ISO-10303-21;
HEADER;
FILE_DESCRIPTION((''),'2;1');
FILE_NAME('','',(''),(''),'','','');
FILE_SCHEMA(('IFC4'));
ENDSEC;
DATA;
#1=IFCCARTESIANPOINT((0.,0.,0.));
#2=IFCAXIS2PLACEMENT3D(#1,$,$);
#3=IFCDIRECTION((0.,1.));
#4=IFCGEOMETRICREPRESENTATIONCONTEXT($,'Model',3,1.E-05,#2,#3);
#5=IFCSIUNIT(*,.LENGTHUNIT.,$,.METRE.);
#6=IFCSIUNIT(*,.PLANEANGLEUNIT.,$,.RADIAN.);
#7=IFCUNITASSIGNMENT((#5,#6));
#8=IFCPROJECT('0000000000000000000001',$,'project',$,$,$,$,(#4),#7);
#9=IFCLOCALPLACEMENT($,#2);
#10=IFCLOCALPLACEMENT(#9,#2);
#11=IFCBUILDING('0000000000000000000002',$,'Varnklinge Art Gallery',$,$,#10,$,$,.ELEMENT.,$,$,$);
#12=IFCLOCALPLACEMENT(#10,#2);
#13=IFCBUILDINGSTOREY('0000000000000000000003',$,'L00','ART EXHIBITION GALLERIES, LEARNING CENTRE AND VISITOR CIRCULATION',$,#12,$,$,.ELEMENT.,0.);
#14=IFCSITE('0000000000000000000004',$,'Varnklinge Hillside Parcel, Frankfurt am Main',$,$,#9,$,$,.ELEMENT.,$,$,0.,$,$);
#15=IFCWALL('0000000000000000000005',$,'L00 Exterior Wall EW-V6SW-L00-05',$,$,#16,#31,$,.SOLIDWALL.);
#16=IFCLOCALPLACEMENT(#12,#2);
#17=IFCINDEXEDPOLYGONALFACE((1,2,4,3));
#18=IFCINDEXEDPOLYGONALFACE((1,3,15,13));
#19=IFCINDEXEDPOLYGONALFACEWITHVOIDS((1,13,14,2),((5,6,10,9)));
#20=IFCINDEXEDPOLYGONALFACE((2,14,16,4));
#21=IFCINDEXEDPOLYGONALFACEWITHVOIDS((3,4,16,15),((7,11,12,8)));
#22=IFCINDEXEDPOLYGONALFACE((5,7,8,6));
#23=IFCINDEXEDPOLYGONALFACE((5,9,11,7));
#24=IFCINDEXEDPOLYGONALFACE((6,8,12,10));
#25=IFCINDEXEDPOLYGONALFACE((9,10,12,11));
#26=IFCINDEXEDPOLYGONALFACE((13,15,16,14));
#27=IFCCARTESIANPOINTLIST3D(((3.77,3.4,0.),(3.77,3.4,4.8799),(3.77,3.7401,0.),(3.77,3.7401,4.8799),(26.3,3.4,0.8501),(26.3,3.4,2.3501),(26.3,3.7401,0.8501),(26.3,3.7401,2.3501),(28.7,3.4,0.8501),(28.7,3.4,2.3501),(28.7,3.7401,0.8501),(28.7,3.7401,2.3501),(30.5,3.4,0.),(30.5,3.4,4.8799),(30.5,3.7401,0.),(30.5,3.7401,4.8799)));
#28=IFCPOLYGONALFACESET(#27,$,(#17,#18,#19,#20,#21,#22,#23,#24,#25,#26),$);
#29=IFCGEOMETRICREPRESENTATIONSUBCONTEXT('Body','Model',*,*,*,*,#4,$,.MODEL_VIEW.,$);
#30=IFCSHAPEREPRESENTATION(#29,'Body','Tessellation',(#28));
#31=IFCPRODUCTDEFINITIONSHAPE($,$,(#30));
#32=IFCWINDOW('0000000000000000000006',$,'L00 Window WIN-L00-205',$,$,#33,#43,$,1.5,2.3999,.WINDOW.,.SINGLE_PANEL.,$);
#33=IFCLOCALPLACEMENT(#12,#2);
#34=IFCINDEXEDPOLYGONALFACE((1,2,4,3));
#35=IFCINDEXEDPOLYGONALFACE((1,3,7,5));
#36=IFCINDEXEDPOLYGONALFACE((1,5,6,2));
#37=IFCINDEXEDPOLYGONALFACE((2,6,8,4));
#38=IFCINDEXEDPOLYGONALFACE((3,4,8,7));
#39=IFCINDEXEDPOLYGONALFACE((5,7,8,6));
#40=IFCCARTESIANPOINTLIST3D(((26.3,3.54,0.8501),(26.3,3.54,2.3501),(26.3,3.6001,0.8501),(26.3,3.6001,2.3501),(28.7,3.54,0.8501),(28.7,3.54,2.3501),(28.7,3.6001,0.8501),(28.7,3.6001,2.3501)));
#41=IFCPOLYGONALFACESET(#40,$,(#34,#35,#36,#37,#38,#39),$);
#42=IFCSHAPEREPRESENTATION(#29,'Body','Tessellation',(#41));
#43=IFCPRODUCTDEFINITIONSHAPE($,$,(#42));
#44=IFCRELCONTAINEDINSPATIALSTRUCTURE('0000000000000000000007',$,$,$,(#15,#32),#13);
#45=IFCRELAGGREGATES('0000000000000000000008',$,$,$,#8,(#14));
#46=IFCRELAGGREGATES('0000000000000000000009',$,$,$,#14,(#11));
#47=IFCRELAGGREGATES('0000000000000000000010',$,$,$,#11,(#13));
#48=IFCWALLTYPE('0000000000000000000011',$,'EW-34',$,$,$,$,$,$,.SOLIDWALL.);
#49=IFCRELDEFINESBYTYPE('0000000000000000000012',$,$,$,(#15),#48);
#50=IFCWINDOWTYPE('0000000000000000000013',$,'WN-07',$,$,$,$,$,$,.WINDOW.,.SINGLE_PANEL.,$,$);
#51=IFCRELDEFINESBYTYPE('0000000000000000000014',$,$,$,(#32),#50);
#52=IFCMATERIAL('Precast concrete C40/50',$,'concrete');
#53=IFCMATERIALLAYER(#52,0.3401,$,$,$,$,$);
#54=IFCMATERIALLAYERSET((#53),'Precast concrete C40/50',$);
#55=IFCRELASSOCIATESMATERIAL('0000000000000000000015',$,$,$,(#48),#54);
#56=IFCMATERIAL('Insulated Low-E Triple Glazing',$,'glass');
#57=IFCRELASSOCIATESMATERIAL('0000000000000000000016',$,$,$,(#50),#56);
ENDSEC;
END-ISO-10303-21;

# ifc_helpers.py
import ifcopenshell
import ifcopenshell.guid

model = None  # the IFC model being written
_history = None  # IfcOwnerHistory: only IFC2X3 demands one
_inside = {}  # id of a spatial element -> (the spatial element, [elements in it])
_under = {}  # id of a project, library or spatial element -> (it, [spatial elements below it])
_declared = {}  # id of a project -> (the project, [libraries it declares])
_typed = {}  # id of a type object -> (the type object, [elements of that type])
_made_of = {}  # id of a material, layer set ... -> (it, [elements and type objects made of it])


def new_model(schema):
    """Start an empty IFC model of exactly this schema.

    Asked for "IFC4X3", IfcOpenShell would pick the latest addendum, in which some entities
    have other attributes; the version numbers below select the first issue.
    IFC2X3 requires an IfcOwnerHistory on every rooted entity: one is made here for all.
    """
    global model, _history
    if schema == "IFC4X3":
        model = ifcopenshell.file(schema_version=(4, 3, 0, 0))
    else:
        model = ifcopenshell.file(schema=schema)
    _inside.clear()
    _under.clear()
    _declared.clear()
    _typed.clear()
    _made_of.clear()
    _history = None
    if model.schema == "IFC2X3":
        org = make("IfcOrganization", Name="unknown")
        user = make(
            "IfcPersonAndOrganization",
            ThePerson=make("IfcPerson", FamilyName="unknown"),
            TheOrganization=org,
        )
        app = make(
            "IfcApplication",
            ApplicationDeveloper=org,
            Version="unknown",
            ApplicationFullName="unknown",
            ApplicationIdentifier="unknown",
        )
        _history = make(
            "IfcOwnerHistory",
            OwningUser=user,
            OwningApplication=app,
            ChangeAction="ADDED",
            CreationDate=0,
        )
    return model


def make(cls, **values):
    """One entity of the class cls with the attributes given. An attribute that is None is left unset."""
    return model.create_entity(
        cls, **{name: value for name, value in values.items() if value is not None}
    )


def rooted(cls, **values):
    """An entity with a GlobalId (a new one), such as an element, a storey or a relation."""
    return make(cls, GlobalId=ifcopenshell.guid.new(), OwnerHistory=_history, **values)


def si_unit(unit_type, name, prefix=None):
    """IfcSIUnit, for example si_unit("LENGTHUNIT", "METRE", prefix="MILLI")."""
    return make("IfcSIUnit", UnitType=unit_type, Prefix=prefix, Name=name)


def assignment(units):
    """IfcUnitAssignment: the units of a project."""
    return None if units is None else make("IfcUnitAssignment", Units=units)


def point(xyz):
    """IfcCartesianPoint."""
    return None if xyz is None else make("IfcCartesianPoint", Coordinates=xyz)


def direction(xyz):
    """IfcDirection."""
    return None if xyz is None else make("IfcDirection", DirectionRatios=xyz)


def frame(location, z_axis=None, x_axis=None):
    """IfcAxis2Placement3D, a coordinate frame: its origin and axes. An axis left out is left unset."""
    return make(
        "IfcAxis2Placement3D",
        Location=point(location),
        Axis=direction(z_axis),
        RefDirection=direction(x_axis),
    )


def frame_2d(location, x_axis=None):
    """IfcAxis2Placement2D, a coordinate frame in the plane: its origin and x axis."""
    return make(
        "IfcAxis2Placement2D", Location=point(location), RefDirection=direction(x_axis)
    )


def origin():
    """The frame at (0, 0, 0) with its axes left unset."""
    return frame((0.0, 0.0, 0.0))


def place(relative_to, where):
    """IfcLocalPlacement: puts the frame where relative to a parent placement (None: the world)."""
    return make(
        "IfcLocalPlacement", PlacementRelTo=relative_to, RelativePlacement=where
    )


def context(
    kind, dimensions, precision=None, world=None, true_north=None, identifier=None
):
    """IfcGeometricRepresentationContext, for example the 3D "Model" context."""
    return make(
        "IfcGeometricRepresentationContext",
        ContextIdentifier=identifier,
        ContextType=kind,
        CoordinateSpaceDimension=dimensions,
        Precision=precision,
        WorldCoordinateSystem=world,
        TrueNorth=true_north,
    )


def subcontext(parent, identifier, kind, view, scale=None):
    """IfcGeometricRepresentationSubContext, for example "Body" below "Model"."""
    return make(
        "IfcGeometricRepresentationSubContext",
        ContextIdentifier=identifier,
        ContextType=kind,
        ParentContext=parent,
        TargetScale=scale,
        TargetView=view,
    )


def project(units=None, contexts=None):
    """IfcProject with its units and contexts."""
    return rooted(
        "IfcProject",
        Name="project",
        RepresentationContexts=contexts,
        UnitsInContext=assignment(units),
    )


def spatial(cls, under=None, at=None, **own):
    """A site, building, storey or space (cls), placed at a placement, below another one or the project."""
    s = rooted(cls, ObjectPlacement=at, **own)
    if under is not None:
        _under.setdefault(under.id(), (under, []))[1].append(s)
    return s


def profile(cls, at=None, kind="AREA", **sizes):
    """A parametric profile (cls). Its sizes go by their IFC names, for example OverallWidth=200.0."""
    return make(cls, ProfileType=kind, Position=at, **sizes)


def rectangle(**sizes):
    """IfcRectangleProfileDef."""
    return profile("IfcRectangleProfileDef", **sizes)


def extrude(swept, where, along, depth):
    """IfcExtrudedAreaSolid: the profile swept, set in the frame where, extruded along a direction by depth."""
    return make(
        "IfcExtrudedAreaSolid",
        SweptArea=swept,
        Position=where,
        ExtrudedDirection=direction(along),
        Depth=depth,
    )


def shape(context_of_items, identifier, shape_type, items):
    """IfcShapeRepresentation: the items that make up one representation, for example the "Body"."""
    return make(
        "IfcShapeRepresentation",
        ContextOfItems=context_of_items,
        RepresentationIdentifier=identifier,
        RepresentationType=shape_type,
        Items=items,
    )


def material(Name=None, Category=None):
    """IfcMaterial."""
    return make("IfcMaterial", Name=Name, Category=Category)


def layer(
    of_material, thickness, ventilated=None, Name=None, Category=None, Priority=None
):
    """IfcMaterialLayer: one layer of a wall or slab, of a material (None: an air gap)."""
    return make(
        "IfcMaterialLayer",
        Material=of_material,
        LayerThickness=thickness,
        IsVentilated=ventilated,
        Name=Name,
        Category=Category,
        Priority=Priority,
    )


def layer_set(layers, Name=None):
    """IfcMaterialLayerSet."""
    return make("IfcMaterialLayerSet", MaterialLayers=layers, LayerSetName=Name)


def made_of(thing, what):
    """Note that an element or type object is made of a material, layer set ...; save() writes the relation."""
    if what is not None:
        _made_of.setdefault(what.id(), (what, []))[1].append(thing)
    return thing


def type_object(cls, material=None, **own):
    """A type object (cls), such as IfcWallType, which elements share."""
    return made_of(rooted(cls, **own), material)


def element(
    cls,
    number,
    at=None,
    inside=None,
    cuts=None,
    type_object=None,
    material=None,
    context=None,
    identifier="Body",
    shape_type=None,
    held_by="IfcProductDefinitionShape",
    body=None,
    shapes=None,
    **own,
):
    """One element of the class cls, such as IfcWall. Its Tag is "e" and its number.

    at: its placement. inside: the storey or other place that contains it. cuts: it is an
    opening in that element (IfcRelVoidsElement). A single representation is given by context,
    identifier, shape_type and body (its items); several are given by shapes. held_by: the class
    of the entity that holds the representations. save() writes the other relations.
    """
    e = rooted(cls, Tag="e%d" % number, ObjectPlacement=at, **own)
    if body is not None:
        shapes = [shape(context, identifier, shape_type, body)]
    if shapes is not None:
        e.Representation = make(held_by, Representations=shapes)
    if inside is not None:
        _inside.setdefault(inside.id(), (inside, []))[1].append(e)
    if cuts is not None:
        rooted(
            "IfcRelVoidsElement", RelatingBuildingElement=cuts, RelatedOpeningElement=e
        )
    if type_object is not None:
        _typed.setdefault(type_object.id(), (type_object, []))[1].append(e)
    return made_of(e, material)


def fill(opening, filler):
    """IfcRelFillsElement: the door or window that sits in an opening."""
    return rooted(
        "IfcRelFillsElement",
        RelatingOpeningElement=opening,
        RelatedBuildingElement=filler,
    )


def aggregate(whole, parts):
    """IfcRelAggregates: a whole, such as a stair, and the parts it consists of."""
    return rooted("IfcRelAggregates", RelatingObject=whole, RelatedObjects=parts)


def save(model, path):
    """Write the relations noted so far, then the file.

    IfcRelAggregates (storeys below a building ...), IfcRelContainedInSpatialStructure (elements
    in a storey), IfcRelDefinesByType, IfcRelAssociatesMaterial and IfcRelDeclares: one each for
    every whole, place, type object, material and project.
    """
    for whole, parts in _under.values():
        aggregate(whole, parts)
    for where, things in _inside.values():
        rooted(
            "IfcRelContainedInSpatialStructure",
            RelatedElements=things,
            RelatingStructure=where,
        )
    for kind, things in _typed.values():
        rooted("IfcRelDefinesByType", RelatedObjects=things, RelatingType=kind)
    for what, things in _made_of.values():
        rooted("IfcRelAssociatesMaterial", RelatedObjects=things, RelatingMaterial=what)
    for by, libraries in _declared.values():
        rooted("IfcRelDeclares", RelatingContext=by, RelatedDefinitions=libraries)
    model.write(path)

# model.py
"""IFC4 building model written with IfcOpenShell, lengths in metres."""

from ifc_helpers import new_model, si_unit, direction, frame, frame_2d, origin, place, context, subcontext, project, spatial, rectangle, extrude, material, layer, layer_set, type_object, element, fill, save


model = new_model("IFC4")

# Units and contexts
model_context = context("Model", 3, precision=1e-05, world=origin(), true_north=direction((0.0, 1.0)))
body_context = subcontext(model_context, "Body", "Model", "MODEL_VIEW")
ifc_project = project(units=[si_unit("LENGTHUNIT", "METRE"), si_unit("PLANEANGLEUNIT", "RADIAN")], contexts=[model_context])

# Site, building, storey
site_placement = place(None, origin())
site = spatial("IfcSite", under=ifc_project, at=site_placement, Name="Varnklinge Hillside Parcel, Frankfurt am Main", CompositionType="ELEMENT", RefElevation=0.0)
building_placement = place(site_placement, origin())
building = spatial("IfcBuilding", under=site, at=building_placement, Name="Varnklinge Art Gallery", CompositionType="ELEMENT")
storey_placement = place(building_placement, origin())
storey = spatial("IfcBuildingStorey", under=building, at=storey_placement, Name="L00", Description="ART EXHIBITION GALLERIES, LEARNING CENTRE AND VISITOR CIRCULATION", CompositionType="ELEMENT", Elevation=0.0)

# Shared definitions
ifc_material_1 = material(Name="Precast concrete C40/50", Category="concrete")
ifc_layer_1 = layer(ifc_material_1, 0.3401)
ifc_layer_set_1 = layer_set([ifc_layer_1], Name="Precast concrete C40/50")
wall_type = type_object("IfcWallType", Name="EW-34", PredefinedType="SOLIDWALL", material=ifc_layer_set_1)

# Wall, opening, window
wall_1_placement = place(storey_placement, frame((30.5, 3.5701, 0.0), z_axis=(0.0, 0.0, 1.0), x_axis=(-1.0, 0.0, 0.0)))
wall_1 = element("IfcWall", 1, at=wall_1_placement, inside=storey, type_object=wall_type, Name="L00 Exterior Wall EW-V6SW-L00-05", PredefinedType="SOLIDWALL", context=body_context, shape_type="SweptSolid", body=[
    extrude(rectangle(XDim=26.73, YDim=0.3401, at=frame_2d((13.365, 0.0))), origin(), (0.0, 0.0, 1.0), 4.8799),
])
opening_1_placement = place(wall_1_placement, frame((1.8, 0.0, 0.8501)))
opening_1 = element("IfcOpeningElement", 2, at=opening_1_placement, cuts=wall_1, PredefinedType="OPENING", context=body_context, shape_type="SweptSolid", body=[
    extrude(rectangle(XDim=2.3999, YDim=1.5, at=frame_2d((1.2, 0.75))), frame((0.0, 0.1799, 0.0), z_axis=(0.0, -1.0, 0.0), x_axis=(1.0, 0.0, 0.0)), (0.0, 0.0, 1.0), 0.3601),
])
ifc_material_2 = material(Name="Insulated Low-E Triple Glazing", Category="glass")
window_type = type_object("IfcWindowType", Name="WN-07", PartitioningType="SINGLE_PANEL", PredefinedType="WINDOW", material=ifc_material_2)
window_placement = place(opening_1_placement, origin())
window = element("IfcWindow", 3, at=window_placement, inside=storey, type_object=window_type, Name="L00 Window WIN-L00-205", OverallHeight=1.5, OverallWidth=2.3999, PartitioningType="SINGLE_PANEL", PredefinedType="WINDOW", context=body_context, shape_type="SweptSolid", body=[
    extrude(rectangle(XDim=2.3999, YDim=1.5, at=frame_2d((1.2, 0.75))), frame((0.0, 0.03, 0.0), z_axis=(0.0, -1.0, 0.0), x_axis=(1.0, 0.0, 0.0)), (0.0, 0.0, 1.0), 0.0601),
])
fill(opening_1, window)

save(model, "model.ifc")
